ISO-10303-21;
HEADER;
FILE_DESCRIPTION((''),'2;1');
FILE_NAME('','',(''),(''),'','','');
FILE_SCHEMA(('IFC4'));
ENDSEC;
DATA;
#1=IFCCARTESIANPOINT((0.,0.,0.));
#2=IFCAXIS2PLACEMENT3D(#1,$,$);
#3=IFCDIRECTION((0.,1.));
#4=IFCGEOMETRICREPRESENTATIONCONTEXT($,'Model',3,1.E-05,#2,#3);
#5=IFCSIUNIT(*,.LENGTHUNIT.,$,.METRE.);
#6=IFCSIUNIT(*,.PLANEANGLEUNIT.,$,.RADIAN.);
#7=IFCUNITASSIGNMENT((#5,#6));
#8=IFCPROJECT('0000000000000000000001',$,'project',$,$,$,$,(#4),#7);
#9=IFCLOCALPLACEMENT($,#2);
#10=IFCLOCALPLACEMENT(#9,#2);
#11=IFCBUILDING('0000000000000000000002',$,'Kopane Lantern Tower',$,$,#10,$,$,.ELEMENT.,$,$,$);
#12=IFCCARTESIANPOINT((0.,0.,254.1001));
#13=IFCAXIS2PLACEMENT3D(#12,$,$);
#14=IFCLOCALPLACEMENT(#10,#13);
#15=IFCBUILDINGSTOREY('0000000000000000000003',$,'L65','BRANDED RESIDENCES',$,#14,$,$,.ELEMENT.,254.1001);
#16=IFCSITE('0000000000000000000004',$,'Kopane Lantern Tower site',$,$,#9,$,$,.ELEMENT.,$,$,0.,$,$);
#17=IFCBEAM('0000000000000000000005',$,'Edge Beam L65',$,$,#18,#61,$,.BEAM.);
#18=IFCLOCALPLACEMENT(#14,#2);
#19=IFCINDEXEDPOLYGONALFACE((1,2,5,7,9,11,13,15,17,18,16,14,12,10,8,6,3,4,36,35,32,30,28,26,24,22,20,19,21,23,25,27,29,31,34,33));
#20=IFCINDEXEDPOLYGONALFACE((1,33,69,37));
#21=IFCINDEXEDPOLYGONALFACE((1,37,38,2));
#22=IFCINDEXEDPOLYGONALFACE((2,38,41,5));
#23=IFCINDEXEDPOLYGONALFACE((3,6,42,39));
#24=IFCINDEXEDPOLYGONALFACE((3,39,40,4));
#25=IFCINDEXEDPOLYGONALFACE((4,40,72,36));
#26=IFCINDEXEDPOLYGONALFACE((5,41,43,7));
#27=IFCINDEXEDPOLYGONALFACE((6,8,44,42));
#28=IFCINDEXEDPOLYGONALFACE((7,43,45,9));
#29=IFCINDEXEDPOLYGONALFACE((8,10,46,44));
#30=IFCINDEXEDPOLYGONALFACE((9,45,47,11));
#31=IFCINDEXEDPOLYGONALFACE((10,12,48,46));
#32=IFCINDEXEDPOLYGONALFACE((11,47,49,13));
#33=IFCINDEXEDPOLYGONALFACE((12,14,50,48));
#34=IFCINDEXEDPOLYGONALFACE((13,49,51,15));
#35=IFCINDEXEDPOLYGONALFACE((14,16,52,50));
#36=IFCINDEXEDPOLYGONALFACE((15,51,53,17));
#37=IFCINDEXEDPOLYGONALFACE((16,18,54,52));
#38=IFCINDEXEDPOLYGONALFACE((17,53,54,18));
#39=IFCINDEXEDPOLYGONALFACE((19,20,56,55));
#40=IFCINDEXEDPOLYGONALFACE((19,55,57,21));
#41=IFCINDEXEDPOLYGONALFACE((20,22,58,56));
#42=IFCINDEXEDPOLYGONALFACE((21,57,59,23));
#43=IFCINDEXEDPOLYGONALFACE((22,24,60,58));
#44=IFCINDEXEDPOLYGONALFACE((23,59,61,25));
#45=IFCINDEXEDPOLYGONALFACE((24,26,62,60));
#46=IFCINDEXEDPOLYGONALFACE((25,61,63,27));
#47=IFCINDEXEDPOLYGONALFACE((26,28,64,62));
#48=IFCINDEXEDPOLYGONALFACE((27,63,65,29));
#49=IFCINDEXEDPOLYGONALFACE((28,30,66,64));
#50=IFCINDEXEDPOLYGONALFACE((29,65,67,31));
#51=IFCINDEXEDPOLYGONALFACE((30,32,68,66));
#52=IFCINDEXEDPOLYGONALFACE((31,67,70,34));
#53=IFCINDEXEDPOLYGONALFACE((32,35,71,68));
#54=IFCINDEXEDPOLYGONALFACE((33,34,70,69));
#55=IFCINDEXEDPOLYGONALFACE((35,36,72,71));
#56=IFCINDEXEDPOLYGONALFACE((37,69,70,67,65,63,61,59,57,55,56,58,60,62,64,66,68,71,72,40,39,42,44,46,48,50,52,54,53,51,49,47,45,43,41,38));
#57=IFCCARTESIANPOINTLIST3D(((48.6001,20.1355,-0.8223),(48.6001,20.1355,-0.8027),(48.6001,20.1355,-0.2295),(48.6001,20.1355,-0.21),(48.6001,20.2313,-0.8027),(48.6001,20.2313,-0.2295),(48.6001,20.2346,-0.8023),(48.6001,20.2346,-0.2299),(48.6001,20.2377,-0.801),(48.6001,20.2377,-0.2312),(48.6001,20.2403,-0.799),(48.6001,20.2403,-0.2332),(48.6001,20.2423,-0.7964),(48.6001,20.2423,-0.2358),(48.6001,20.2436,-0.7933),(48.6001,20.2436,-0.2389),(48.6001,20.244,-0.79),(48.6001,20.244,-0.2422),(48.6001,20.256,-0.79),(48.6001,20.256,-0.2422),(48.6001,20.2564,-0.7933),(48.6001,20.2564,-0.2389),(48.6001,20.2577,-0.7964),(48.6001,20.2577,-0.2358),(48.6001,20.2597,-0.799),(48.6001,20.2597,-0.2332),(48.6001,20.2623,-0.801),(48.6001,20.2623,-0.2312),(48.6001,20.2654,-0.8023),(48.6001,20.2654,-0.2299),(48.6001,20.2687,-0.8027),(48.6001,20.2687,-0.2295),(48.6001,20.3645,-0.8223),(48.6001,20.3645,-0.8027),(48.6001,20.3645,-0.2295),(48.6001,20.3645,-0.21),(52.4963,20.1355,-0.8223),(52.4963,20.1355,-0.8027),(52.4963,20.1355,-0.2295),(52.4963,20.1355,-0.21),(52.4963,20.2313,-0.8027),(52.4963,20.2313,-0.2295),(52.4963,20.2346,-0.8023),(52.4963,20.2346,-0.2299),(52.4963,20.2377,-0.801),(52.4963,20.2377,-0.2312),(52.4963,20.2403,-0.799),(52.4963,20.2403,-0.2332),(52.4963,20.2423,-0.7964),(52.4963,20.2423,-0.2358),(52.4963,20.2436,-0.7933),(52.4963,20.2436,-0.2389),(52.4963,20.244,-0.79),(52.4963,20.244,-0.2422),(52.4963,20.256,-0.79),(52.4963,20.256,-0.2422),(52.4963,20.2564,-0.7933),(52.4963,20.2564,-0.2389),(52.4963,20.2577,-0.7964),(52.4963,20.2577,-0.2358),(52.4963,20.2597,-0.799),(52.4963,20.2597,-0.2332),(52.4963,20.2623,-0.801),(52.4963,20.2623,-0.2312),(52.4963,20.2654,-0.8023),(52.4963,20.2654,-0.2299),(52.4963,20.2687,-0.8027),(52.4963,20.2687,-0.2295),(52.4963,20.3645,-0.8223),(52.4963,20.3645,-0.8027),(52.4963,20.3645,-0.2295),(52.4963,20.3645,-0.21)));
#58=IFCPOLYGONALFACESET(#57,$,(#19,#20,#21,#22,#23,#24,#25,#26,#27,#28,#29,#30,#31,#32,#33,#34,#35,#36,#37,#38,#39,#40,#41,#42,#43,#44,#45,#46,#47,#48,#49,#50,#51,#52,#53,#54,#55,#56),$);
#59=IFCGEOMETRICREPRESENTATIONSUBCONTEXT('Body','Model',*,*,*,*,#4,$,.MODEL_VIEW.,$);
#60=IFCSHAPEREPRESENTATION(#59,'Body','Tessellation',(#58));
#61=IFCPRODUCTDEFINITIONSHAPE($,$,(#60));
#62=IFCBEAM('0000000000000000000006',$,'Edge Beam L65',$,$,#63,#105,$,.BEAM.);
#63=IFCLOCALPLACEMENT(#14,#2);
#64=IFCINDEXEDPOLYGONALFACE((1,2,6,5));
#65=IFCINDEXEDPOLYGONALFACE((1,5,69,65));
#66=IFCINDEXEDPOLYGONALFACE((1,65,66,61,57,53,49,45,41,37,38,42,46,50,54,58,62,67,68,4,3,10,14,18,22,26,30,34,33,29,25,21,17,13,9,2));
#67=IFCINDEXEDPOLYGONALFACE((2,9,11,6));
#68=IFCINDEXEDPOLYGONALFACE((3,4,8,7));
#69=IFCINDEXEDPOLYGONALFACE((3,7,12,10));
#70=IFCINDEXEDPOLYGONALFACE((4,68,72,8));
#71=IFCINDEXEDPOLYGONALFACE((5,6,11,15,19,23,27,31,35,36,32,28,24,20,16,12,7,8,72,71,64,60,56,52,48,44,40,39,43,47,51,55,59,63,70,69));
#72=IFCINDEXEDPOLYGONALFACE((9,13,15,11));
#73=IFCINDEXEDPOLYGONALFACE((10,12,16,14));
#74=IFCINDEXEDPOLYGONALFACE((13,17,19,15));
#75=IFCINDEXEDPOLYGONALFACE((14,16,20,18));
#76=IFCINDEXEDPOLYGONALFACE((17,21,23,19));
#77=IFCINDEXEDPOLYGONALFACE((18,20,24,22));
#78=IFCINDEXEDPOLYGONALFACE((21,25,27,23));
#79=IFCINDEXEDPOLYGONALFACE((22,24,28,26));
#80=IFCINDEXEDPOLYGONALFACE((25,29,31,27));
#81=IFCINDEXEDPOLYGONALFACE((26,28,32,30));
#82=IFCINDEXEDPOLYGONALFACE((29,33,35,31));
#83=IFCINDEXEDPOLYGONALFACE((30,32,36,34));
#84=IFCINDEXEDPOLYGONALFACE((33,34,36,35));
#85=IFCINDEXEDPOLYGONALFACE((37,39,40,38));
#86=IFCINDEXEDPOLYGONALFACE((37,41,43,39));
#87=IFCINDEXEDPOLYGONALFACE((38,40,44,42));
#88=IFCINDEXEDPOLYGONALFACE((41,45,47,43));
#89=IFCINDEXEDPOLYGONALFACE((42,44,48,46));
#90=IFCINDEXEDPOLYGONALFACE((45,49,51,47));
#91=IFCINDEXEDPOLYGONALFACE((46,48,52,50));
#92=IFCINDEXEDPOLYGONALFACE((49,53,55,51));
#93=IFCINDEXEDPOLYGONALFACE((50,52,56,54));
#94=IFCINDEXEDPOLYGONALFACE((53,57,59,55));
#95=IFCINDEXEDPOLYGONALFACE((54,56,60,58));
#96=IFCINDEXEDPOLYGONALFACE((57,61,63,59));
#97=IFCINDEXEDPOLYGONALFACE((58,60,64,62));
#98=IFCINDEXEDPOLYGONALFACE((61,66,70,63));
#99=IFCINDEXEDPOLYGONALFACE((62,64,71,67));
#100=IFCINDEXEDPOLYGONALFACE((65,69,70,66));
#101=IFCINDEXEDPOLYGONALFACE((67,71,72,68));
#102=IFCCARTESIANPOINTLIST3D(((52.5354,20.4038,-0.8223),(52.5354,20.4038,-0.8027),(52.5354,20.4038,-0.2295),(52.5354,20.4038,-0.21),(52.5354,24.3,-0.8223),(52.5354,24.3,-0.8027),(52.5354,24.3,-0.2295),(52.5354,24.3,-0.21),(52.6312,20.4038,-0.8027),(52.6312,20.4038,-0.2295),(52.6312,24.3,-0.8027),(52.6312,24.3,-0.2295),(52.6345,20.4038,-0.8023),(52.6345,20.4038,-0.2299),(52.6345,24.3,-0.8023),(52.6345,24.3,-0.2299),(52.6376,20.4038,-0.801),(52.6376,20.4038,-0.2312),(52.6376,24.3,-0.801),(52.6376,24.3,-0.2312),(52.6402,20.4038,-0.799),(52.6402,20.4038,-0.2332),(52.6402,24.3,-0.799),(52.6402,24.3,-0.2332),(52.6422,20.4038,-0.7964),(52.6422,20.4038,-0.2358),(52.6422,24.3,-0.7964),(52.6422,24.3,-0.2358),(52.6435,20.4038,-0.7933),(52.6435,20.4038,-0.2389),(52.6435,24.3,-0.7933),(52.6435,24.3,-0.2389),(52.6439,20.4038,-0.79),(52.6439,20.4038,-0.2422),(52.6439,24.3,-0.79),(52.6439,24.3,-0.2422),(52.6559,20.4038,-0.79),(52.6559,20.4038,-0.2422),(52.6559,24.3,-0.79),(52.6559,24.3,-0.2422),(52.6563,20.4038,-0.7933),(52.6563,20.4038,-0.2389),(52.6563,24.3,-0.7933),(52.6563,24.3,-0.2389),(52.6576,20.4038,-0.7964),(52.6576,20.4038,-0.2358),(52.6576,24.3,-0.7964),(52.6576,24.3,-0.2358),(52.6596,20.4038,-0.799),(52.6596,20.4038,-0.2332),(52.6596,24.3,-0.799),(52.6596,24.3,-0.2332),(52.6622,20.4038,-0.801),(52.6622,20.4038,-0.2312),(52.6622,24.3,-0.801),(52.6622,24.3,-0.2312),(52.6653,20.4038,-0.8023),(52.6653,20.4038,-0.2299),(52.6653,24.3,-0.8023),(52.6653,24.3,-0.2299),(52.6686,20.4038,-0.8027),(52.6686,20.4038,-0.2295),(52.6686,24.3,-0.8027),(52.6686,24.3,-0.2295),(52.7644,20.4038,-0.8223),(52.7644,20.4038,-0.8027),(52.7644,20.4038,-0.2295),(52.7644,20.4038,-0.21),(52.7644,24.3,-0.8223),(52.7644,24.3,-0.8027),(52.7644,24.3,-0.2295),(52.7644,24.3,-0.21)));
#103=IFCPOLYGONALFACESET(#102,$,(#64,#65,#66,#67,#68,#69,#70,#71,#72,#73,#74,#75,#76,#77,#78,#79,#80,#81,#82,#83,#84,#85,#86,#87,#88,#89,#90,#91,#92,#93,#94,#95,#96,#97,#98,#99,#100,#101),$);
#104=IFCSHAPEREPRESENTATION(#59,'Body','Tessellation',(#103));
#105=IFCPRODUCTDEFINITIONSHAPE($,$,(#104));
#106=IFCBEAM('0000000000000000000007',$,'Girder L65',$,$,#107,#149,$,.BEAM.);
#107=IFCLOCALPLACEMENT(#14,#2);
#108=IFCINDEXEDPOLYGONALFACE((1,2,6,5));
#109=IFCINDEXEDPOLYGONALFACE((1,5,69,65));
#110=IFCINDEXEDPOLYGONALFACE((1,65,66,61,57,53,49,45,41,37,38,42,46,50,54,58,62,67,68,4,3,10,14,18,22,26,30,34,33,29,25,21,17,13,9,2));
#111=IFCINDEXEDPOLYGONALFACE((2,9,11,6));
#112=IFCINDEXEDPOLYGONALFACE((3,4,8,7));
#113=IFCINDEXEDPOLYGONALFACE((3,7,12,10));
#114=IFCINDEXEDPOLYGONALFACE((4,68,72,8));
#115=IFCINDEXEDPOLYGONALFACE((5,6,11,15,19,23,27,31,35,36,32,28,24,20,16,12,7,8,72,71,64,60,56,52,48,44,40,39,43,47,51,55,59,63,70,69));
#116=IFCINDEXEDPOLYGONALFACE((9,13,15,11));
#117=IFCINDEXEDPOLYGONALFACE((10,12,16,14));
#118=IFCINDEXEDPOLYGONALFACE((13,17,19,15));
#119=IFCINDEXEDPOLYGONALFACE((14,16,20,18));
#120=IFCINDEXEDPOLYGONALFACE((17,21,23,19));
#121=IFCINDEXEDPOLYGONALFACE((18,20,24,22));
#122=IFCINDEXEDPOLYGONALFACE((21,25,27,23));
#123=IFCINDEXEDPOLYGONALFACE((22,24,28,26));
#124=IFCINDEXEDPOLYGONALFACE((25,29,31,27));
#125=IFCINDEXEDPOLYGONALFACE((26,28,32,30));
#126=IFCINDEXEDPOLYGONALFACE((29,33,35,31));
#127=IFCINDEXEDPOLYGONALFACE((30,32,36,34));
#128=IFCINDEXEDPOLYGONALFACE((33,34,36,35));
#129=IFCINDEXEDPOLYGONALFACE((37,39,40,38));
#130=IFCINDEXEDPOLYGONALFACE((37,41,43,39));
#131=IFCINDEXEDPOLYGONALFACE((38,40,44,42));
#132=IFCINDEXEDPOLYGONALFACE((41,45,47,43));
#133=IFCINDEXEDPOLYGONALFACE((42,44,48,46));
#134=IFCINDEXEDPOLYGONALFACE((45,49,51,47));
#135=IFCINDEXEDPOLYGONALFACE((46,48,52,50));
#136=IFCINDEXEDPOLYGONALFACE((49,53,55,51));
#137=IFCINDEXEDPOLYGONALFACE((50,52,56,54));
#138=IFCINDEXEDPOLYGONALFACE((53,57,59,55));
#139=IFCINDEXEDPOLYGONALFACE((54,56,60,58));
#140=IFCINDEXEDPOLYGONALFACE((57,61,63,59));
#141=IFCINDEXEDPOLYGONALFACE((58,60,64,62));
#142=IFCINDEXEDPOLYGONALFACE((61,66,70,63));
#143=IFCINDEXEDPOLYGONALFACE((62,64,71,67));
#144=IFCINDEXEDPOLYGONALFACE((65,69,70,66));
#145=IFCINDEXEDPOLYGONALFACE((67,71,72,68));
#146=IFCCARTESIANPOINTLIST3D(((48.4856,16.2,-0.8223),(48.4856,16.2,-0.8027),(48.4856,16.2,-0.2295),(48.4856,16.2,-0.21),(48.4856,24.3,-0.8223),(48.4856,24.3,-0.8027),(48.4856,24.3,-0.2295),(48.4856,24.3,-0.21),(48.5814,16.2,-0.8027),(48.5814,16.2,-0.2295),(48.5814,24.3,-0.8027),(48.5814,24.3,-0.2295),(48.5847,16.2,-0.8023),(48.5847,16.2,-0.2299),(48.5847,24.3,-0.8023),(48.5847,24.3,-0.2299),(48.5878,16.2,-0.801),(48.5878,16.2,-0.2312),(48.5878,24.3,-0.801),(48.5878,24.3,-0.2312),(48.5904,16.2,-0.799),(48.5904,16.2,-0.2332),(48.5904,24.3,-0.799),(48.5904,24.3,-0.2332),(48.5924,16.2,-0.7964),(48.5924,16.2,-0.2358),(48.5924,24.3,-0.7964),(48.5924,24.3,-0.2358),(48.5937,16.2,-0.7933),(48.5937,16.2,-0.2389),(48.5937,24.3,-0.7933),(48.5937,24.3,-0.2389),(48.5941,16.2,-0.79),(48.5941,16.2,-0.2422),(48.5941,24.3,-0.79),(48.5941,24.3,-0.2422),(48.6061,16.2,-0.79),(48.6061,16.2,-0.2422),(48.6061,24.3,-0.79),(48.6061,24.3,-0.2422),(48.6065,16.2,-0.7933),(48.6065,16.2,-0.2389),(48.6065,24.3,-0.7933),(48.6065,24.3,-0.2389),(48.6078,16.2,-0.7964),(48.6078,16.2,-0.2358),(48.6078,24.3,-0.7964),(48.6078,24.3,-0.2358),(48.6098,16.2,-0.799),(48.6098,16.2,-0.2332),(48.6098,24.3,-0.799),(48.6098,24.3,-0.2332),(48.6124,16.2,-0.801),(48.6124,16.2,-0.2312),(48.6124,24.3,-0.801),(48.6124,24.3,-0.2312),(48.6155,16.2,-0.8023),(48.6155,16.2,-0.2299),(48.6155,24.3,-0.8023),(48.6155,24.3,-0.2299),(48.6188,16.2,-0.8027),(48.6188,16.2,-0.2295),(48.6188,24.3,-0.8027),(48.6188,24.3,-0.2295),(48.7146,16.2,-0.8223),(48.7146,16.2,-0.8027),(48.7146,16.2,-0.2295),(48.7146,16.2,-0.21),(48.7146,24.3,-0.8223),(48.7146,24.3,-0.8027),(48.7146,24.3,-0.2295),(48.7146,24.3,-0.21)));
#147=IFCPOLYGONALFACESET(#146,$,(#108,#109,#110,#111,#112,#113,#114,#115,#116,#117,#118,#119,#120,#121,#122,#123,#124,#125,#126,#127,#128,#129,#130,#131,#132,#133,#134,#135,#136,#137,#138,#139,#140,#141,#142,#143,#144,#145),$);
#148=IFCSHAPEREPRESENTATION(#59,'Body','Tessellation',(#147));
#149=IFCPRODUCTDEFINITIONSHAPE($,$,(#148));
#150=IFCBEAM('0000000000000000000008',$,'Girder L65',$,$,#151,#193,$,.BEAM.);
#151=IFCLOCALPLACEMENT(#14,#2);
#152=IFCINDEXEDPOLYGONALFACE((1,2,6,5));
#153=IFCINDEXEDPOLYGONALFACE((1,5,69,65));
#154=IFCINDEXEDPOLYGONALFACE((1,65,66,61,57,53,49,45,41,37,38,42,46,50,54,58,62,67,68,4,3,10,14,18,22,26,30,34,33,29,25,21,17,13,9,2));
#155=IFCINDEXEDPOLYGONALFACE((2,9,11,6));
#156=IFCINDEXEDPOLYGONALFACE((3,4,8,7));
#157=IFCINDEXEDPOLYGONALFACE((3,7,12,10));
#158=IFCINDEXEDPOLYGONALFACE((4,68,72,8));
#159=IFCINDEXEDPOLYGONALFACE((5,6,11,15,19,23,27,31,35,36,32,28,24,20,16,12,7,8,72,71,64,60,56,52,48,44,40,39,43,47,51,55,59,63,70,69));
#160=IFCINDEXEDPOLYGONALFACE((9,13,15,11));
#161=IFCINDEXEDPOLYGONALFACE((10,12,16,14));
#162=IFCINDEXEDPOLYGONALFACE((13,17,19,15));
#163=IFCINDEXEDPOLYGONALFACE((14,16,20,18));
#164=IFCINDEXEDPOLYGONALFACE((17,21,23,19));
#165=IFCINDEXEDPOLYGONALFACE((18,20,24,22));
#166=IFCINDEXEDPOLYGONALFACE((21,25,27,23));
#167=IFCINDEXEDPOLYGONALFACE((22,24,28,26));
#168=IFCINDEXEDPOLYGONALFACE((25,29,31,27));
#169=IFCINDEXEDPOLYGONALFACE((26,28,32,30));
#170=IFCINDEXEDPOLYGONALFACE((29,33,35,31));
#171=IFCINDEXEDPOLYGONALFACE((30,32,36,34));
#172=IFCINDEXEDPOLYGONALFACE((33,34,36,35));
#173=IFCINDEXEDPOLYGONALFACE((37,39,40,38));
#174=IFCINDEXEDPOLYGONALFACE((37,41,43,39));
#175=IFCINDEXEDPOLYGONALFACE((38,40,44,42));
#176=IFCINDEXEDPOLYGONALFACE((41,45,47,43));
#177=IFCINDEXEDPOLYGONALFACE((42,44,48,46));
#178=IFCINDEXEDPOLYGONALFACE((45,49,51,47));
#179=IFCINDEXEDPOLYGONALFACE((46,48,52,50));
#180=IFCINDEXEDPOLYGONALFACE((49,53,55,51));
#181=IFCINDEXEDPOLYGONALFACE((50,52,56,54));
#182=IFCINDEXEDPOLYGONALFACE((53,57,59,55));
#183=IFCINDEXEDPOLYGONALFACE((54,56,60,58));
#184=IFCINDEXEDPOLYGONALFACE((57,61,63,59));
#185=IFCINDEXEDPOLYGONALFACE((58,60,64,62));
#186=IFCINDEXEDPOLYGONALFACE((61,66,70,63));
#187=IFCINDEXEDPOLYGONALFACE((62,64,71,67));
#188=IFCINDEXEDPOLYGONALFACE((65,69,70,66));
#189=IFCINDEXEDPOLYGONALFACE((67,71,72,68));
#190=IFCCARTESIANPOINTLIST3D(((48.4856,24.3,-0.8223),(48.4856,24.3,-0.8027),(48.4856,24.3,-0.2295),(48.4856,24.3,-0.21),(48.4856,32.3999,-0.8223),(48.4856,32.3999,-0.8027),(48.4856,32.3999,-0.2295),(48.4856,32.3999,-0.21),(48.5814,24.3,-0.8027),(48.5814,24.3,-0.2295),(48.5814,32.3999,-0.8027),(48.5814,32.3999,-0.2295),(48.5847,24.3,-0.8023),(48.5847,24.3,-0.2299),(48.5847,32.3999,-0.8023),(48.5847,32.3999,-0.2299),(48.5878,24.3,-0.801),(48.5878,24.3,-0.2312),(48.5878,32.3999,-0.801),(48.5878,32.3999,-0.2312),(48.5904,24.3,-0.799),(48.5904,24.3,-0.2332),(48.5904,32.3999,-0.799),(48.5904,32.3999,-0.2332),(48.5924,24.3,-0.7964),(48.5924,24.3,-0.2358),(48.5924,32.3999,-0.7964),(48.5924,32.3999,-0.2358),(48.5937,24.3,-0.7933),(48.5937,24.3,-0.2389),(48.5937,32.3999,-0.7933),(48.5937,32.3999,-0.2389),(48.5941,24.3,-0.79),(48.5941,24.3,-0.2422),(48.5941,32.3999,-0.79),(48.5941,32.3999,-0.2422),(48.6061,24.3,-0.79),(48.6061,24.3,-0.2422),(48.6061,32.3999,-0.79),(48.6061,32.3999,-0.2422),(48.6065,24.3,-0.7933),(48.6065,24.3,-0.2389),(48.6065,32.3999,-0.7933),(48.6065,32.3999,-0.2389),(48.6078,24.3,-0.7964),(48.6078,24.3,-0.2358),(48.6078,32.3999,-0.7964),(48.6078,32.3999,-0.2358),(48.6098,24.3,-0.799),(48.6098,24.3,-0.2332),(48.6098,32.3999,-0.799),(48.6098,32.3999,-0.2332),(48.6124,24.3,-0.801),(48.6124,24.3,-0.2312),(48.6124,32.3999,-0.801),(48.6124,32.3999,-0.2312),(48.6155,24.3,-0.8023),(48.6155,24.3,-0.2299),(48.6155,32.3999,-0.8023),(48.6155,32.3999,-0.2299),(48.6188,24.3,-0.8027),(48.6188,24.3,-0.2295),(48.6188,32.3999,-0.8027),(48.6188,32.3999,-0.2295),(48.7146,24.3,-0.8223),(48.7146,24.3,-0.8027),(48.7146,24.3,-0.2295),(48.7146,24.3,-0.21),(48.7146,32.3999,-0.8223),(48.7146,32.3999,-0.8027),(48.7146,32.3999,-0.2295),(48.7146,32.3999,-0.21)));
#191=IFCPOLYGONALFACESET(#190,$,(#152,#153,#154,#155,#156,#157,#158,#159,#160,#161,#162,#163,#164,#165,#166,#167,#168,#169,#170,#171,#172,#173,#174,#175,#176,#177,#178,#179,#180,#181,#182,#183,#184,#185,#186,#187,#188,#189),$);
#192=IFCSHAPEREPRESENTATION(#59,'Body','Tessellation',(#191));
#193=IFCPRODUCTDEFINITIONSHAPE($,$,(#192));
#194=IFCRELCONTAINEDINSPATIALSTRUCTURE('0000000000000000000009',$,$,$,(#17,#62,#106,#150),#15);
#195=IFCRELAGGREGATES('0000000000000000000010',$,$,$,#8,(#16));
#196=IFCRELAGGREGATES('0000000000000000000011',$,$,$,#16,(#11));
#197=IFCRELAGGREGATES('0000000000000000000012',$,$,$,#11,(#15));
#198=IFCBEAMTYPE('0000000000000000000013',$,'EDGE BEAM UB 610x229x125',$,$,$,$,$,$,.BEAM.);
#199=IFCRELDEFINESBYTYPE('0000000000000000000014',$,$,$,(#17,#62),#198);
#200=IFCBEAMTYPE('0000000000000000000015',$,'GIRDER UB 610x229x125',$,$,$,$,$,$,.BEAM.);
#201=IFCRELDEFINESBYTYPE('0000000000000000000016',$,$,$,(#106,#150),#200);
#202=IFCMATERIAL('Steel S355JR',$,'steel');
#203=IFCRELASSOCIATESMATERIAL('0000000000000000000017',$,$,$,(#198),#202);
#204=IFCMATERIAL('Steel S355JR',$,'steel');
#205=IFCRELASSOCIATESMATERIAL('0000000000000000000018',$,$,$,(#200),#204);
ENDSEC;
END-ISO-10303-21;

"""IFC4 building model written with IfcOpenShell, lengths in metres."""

from ifc_helpers import new_model, si_unit, direction, frame, origin, origin_2d, place, context, subcontext, project, spatial, i_section, extrude, material, material_profile, profile_set, type_object, element, save


model = new_model("IFC4")

# Units and contexts
model_context = context("Model", 3, precision=1e-05, world=origin(), true_north=direction((0.0, 1.0)))
body_context = subcontext(model_context, "Body", "Model", "MODEL_VIEW")
ifc_project = project(units=[si_unit("LENGTHUNIT", "METRE"), si_unit("PLANEANGLEUNIT", "RADIAN")], contexts=[model_context])

# Site, building, storey
site_placement = place(None, origin())
site = spatial("IfcSite", under=ifc_project, at=site_placement, Name="Kopane Lantern Tower site", CompositionType="ELEMENT", RefElevation=0.0)
building_placement = place(site_placement, origin())
building = spatial("IfcBuilding", under=site, at=building_placement, Name="Kopane Lantern Tower", CompositionType="ELEMENT")
storey_placement = place(building_placement, frame((0.0, 0.0, 254.1001)))
storey = spatial("IfcBuildingStorey", under=building, at=storey_placement, Name="L65", Description="BRANDED RESIDENCES", CompositionType="ELEMENT", Elevation=254.1001)

# Beams
ifc_material_1 = material(Name="Steel S355JR", Category="steel")
ifc_material_profile_1 = material_profile(ifc_material_1, i_section(OverallWidth=0.229, OverallDepth=0.6123, WebThickness=0.012, FlangeThickness=0.0195, FilletRadius=0.0127, at=origin_2d()), Name="UB 610x229x125")
ifc_profile_set_1 = profile_set([ifc_material_profile_1], Name="Steel S355JR")
beam_type_1 = type_object("IfcBeamType", Name="EDGE BEAM UB 610x229x125", PredefinedType="BEAM", material=ifc_profile_set_1)
for number, where, z_axis, x_axis, name in (
    (1, (52.4963, 20.25, -0.5161), (-1.0, 0.0, 0.0), (0.0, -1.0, 0.0), "Edge Beam L65"),
    (2, (52.6499, 20.4038, -0.5161), (0.0, 1.0, 0.0), (-1.0, 0.0, 0.0), "Edge Beam L65"),
):
    element("IfcBeam", number, at=place(storey_placement, frame(where, z_axis=z_axis, x_axis=x_axis)), inside=storey, type_object=beam_type_1, Name=name, PredefinedType="BEAM", context=body_context, shape_type="SweptSolid", body=[
        extrude(i_section(OverallWidth=0.229, OverallDepth=0.6123, WebThickness=0.012, FlangeThickness=0.0195, FilletRadius=0.0127, at=origin_2d()), origin(), (0.0, 0.0, 1.0), 3.8962),
    ])
ifc_material_2 = material(Name="Steel S355JR", Category="steel")
ifc_material_profile_2 = material_profile(ifc_material_2, i_section(OverallWidth=0.229, OverallDepth=0.6123, WebThickness=0.012, FlangeThickness=0.0195, FilletRadius=0.0127, at=origin_2d()), Name="UB 610x229x125")
ifc_profile_set_2 = profile_set([ifc_material_profile_2], Name="Steel S355JR")
beam_type_2 = type_object("IfcBeamType", Name="GIRDER UB 610x229x125", PredefinedType="BEAM", material=ifc_profile_set_2)
beam_1_placement = place(storey_placement, frame((48.6001, 16.2, -0.5161), z_axis=(0.0, 1.0, 0.0), x_axis=(-1.0, 0.0, 0.0)))
element("IfcBeam", 3, at=beam_1_placement, inside=storey, type_object=beam_type_2, Name="Girder L65", PredefinedType="BEAM", context=body_context, shape_type="SweptSolid", body=[
    extrude(i_section(OverallWidth=0.229, OverallDepth=0.6123, WebThickness=0.012, FlangeThickness=0.0195, FilletRadius=0.0127, at=origin_2d()), origin(), (0.0, 0.0, 1.0), 8.1001),
])
for number, where, z_axis, x_axis, name in (
    (4, (48.6001, 24.3, -0.5161), (0.0, 1.0, 0.0), (-1.0, 0.0, 0.0), "Girder L65"),
):
    element("IfcBeam", number, at=place(storey_placement, frame(where, z_axis=z_axis, x_axis=x_axis)), inside=storey, type_object=beam_type_2, Name=name, PredefinedType="BEAM", context=body_context, shape_type="SweptSolid", body=[
        extrude(i_section(OverallWidth=0.229, OverallDepth=0.6123, WebThickness=0.012, FlangeThickness=0.0195, FilletRadius=0.0127, at=origin_2d()), origin(), (0.0, 0.0, 1.0), 8.0999),
    ])

save(model, "model.ifc")
